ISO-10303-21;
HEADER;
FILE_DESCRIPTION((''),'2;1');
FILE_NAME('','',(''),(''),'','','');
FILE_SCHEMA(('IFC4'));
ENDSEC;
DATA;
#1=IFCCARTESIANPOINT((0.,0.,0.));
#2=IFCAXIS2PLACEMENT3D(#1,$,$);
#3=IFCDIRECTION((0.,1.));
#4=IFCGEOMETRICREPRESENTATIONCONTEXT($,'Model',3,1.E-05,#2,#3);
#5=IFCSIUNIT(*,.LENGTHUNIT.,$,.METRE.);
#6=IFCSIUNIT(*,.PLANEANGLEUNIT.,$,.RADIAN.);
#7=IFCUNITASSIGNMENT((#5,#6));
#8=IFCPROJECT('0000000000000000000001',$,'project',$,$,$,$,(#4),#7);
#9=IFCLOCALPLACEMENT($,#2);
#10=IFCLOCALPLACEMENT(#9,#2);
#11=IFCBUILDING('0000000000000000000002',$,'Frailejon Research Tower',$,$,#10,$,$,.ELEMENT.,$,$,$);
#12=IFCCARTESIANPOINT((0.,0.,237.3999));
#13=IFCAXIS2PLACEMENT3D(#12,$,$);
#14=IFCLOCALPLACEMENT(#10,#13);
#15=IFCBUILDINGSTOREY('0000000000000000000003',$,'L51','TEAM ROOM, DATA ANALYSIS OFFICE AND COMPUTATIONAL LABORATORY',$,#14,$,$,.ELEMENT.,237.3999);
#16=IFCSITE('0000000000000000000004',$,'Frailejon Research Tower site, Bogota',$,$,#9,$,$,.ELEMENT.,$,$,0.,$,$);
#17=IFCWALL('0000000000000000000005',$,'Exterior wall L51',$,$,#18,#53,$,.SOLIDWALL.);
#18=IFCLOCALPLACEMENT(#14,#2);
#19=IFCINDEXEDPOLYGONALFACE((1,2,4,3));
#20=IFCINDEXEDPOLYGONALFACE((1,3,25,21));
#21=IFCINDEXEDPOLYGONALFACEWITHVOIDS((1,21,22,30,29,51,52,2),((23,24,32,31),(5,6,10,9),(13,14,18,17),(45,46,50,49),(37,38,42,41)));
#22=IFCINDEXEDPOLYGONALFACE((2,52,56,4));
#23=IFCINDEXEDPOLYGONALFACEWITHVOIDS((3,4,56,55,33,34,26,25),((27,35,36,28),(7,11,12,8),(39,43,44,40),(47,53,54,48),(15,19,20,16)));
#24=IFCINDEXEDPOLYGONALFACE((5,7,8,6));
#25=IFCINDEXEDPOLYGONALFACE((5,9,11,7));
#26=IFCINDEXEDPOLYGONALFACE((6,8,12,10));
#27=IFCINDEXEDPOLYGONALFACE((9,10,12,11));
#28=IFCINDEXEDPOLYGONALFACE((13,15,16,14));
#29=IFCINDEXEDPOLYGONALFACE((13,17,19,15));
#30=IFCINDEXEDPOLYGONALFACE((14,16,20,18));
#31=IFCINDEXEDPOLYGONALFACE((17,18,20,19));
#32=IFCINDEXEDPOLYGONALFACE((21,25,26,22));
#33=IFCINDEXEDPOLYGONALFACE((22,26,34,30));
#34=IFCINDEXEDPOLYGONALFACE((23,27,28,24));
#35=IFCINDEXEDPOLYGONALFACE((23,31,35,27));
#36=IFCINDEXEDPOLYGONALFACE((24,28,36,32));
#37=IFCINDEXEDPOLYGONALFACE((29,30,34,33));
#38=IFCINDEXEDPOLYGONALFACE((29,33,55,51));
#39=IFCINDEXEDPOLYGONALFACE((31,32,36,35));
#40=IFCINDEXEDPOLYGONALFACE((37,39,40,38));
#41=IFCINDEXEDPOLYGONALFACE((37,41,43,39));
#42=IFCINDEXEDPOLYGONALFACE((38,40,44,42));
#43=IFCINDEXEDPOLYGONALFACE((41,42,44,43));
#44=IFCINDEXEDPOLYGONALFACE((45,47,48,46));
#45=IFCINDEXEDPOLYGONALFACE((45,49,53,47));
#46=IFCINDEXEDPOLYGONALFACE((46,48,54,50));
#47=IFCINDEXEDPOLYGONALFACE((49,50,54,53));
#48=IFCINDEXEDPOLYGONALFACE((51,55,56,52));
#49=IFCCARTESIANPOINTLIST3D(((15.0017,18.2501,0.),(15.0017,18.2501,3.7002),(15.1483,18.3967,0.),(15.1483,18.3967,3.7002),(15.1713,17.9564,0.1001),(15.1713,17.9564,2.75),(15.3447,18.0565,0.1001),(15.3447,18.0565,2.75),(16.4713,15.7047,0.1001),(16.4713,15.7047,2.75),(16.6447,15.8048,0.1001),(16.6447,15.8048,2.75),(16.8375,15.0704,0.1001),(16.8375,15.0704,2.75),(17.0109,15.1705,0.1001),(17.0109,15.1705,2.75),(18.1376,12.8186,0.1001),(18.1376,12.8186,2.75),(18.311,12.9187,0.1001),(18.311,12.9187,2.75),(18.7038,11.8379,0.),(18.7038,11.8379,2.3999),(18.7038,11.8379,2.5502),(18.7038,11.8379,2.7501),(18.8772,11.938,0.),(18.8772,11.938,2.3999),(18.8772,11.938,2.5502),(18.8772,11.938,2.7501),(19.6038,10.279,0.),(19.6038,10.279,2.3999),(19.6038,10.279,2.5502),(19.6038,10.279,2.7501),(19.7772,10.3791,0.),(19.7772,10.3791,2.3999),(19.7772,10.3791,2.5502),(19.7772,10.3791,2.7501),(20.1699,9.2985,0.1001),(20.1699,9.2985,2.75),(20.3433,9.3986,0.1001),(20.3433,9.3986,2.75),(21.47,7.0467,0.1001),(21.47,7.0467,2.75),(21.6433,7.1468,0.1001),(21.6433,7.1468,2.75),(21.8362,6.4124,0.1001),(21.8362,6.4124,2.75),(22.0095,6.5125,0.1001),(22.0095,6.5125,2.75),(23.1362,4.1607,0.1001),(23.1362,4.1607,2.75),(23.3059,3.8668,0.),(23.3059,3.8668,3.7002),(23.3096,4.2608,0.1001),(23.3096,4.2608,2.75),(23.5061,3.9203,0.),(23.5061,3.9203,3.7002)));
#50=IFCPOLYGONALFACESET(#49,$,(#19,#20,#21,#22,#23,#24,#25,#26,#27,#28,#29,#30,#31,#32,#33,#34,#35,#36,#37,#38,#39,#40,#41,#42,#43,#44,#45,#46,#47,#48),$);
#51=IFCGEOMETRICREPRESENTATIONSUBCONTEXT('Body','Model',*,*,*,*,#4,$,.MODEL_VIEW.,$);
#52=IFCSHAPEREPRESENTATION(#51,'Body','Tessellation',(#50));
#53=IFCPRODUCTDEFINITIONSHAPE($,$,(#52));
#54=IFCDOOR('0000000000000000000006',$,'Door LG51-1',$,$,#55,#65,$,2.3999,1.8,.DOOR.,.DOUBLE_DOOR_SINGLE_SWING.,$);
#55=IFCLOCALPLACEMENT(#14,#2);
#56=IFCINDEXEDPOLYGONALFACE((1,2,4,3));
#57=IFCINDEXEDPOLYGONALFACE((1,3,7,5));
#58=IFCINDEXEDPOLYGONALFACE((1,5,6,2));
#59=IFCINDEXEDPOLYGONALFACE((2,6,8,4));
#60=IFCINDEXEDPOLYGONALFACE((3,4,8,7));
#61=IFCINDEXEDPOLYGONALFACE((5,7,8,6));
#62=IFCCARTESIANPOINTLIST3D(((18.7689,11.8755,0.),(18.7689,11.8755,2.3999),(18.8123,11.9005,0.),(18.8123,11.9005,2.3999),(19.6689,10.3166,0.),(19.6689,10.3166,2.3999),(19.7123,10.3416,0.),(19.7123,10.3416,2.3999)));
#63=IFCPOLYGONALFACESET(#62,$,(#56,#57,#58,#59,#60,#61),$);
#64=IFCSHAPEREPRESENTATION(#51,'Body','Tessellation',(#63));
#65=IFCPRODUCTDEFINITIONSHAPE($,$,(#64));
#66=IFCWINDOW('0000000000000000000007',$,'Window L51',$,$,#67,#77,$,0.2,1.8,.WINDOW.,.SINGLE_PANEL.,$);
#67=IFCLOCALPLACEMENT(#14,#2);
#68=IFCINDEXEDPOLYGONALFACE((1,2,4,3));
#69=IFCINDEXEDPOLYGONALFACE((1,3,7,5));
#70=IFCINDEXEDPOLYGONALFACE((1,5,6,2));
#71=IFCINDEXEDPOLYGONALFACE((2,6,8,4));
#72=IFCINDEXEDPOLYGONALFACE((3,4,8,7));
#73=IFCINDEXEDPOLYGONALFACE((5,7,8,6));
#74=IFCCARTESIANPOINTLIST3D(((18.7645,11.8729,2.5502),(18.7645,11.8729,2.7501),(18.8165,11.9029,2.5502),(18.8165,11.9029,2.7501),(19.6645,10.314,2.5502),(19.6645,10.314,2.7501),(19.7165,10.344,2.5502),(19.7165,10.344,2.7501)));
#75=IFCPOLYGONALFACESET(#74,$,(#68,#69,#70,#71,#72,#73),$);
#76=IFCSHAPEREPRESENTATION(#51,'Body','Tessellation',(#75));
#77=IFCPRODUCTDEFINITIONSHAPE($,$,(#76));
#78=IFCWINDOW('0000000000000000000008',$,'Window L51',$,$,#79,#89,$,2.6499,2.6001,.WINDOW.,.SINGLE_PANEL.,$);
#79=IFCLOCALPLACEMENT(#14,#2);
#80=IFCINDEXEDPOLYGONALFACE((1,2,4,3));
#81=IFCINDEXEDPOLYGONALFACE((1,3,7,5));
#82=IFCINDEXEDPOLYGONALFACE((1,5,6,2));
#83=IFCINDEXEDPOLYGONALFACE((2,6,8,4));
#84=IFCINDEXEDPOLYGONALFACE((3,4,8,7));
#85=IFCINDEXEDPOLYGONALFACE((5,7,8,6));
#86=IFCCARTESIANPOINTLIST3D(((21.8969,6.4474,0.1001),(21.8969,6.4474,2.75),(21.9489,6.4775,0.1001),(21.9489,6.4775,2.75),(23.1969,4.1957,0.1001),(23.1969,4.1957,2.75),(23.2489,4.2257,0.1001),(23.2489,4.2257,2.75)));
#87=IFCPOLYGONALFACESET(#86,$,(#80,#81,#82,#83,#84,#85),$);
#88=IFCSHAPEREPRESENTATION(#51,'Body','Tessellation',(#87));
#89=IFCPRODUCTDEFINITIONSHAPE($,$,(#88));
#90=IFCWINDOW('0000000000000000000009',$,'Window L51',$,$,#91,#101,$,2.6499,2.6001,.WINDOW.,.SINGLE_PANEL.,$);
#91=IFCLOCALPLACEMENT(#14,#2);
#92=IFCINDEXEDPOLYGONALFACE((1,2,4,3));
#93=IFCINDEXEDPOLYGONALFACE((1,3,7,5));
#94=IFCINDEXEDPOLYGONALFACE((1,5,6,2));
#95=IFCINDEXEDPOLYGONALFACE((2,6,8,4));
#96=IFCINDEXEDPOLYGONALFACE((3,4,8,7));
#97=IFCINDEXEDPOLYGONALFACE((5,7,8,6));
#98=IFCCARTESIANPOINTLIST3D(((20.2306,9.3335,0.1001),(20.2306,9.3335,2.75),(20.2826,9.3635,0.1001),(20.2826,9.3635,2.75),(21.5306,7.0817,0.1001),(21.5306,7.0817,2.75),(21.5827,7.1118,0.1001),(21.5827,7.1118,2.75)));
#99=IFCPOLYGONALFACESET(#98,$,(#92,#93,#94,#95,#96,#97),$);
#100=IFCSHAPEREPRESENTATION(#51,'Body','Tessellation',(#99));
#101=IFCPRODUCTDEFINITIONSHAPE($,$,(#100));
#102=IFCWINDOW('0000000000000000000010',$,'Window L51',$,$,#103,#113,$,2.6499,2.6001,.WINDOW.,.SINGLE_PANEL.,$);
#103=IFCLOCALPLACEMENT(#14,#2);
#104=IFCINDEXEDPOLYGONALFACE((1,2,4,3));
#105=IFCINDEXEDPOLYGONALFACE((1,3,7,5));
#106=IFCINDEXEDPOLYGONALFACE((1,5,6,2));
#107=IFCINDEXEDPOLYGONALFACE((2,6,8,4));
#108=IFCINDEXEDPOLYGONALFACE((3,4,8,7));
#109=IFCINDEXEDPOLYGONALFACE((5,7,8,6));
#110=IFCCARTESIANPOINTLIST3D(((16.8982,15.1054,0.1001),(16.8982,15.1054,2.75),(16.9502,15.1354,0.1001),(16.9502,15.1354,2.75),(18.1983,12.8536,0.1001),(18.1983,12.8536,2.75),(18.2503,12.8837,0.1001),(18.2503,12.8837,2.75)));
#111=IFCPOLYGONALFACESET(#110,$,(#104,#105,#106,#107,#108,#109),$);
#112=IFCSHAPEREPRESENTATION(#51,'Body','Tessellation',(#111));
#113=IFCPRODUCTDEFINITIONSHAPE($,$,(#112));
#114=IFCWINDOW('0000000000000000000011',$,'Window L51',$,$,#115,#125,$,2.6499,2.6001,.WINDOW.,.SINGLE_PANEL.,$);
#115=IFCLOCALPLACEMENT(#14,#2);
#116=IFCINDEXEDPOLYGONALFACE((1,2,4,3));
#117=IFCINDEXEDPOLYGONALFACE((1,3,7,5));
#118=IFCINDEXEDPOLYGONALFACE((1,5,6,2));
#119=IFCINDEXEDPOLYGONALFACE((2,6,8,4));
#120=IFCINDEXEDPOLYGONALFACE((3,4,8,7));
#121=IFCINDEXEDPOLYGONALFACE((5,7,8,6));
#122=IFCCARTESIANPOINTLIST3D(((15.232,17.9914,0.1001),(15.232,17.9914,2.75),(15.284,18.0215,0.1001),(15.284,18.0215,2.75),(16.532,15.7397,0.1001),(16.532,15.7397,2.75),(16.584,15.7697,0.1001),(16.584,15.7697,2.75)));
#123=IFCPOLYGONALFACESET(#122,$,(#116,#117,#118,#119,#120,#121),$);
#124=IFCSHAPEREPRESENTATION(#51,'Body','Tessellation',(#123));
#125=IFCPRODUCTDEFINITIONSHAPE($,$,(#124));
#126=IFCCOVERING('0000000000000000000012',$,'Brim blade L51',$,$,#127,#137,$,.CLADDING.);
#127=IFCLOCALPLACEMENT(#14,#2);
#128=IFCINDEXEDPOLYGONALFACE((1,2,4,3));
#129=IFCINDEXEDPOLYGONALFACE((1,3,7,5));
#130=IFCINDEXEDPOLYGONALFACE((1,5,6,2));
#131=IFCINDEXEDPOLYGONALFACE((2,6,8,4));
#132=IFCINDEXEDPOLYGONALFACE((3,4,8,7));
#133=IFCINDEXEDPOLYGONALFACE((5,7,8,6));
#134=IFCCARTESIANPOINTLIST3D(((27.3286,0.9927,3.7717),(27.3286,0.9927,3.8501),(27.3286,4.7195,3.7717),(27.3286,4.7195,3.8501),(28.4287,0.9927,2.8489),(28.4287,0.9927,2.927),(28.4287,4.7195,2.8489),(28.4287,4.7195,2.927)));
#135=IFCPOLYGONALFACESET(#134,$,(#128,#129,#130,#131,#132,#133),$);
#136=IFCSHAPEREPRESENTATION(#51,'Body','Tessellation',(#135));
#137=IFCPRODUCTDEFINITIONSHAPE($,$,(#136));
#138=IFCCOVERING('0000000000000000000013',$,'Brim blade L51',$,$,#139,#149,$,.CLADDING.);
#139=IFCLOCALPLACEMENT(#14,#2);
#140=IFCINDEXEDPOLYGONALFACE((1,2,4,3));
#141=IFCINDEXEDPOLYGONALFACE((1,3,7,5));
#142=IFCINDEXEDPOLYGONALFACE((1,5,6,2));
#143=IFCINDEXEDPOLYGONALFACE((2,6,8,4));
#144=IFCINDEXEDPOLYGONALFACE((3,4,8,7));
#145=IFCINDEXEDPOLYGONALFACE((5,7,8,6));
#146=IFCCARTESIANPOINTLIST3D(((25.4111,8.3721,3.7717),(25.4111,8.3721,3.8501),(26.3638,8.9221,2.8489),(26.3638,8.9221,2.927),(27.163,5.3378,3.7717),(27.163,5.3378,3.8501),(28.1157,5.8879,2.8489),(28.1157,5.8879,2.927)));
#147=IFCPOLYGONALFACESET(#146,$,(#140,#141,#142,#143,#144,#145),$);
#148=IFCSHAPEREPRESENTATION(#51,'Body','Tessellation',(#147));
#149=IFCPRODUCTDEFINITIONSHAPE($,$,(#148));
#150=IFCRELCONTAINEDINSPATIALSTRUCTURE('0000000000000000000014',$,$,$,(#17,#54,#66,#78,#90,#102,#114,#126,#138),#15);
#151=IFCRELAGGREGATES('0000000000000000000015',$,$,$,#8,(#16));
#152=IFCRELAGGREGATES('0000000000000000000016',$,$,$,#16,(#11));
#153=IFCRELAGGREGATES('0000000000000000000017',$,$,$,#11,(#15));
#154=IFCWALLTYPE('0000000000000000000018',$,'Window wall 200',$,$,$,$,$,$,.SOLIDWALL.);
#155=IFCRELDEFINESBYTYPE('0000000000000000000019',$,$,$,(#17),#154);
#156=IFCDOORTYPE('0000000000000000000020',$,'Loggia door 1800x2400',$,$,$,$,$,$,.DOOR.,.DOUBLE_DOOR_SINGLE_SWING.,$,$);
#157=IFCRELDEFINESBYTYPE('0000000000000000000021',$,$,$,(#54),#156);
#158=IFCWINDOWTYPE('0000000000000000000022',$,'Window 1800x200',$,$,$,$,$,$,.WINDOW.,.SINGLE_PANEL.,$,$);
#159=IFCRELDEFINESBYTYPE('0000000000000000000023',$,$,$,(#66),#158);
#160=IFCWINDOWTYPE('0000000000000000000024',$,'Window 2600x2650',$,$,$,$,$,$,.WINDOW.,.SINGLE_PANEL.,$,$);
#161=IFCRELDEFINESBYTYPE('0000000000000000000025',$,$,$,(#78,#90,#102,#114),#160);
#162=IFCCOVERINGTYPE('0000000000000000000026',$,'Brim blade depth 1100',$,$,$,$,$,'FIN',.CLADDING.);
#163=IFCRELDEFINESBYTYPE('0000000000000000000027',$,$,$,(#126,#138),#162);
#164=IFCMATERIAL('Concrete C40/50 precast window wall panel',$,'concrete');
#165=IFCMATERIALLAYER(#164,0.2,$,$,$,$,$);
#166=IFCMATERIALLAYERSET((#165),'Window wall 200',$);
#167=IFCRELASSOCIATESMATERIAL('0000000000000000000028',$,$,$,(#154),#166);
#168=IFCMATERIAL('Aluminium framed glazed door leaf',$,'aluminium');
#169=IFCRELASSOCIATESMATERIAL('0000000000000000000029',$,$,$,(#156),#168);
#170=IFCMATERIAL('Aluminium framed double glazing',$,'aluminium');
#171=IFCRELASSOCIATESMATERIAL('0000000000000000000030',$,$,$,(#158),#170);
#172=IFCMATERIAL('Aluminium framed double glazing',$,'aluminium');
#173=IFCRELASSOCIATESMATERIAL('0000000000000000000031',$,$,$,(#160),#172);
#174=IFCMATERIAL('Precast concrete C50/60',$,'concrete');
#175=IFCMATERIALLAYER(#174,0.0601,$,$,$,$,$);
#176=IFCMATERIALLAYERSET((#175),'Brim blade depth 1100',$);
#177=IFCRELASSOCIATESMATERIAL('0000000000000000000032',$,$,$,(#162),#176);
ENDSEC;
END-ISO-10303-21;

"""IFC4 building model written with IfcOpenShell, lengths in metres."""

from ifc_helpers import new_model, si_unit, direction, frame, frame_2d, origin, place, context, subcontext, project, spatial, polyline, rectangle, outline, extrude, material, layer, layer_set, type_object, element, fill, save


model = new_model("IFC4")

# Units and contexts
model_context = context("Model", 3, precision=1e-05, world=origin(), true_north=direction((0.0, 1.0)))
body_context = subcontext(model_context, "Body", "Model", "MODEL_VIEW")
ifc_project = project(units=[si_unit("LENGTHUNIT", "METRE"), si_unit("PLANEANGLEUNIT", "RADIAN")], contexts=[model_context])

# Site, building, storey
site_placement = place(None, origin())
site = spatial("IfcSite", under=ifc_project, at=site_placement, Name="Frailejon Research Tower site, Bogota", CompositionType="ELEMENT", RefElevation=0.0)
building_placement = place(site_placement, origin())
building = spatial("IfcBuilding", under=site, at=building_placement, Name="Frailejon Research Tower", CompositionType="ELEMENT")
storey_placement = place(building_placement, frame((0.0, 0.0, 237.3999)))
storey = spatial("IfcBuildingStorey", under=building, at=storey_placement, Name="L51", Description="TEAM ROOM, DATA ANALYSIS OFFICE AND COMPUTATIONAL LABORATORY", CompositionType="ELEMENT", Elevation=237.3999)

# Wall, openings, door, windows
ifc_material_1 = material(Name="Concrete C40/50 precast window wall panel", Category="concrete")
ifc_layer_1 = layer(ifc_material_1, 0.2)
ifc_layer_set_1 = layer_set([ifc_layer_1], Name="Window wall 200")
wall_type_1 = type_object("IfcWallType", Name="Window wall 200", PredefinedType="SOLIDWALL", material=ifc_layer_set_1)
wall_1_placement = place(storey_placement, frame((23.406, 3.8936, 0.0), z_axis=(0.0, 0.0, 1.0), x_axis=(-0.499997, 0.866027, 0.0)))
wall_1 = element("IfcWall", 1, at=wall_1_placement, inside=storey, type_object=wall_type_1, Name="Exterior wall L51", PredefinedType="SOLIDWALL", context=body_context, shape_type="SweptSolid", body=[
    extrude(outline(polyline([(-0.0269, -0.1001), (1.0178, -0.1001), (2.0625, -0.1001), (3.1074, -0.1001), (4.1521, -0.1001), (5.1968, -0.1001), (6.2417, -0.1001), (7.2864, -0.1001), (8.3311, -0.1001), (9.3757, -0.1001), (10.4204, -0.1001), (11.4653, -0.1001), (12.51, -0.1001), (13.5547, -0.1001), (14.5996, -0.1001), (15.6443, -0.1001), (16.689, -0.1001), (16.6353, 0.1001), (15.5972, 0.1001), (14.5591, 0.1001), (13.5212, 0.1001), (12.4832, 0.1001), (11.4451, 0.1001), (10.4072, 0.1001), (9.3691, 0.1001), (8.3311, 0.1001), (7.293, 0.1001), (6.2549, 0.1001), (5.217, 0.1001), (4.179, 0.1001), (3.1409, 0.1001), (2.103, 0.1001), (1.0649, 0.1001), (0.0269, 0.1001), (-0.0269, -0.1001)])), origin(), (0.0, 0.0, 1.0), 3.7002),
])
opening_1_placement = place(wall_1_placement, frame((0.3662, 0.0, 0.1001)))
opening_1 = element("IfcOpeningElement", 2, at=opening_1_placement, cuts=wall_1, PredefinedType="OPENING", context=body_context, shape_type="SweptSolid", body=[
    extrude(rectangle(XDim=2.6001, YDim=2.6499, at=frame_2d((1.3, 1.325))), frame((0.0, 0.1099, 0.0), z_axis=(0.0, -1.0, 0.0), x_axis=(1.0, 0.0, 0.0)), (0.0, 0.0, 1.0), 0.22),
])
opening_2_placement = place(wall_1_placement, frame((3.6987, 0.0, 0.1001)))
opening_2 = element("IfcOpeningElement", 3, at=opening_2_placement, cuts=wall_1, PredefinedType="OPENING", context=body_context, shape_type="SweptSolid", body=[
    extrude(rectangle(XDim=2.6001, YDim=2.6499, at=frame_2d((1.3, 1.325))), frame((0.0, 0.1099, 0.0), z_axis=(0.0, -1.0, 0.0), x_axis=(1.0, 0.0, 0.0)), (0.0, 0.0, 1.0), 0.22),
])
opening_3_placement = place(wall_1_placement, frame((7.4312, 0.0, 0.0)))
opening_3 = element("IfcOpeningElement", 4, at=opening_3_placement, cuts=wall_1, PredefinedType="OPENING", context=body_context, shape_type="SweptSolid", body=[
    extrude(rectangle(XDim=1.8, YDim=2.3999, at=frame_2d((0.8999, 1.2))), frame((0.0, 0.1099, 0.0), z_axis=(0.0, -1.0, 0.0), x_axis=(1.0, 0.0, 0.0)), (0.0, 0.0, 1.0), 0.22),
])
opening_4_placement = place(wall_1_placement, frame((7.4312, 0.0, 2.55)))
opening_4 = element("IfcOpeningElement", 5, at=opening_4_placement, cuts=wall_1, PredefinedType="OPENING", context=body_context, shape_type="SweptSolid", body=[
    extrude(rectangle(XDim=1.8, YDim=0.2, at=frame_2d((0.8999, 0.1001))), frame((0.0, 0.1099, 0.0), z_axis=(0.0, -1.0, 0.0), x_axis=(1.0, 0.0, 0.0)), (0.0, 0.0, 1.0), 0.22),
])
opening_5_placement = place(wall_1_placement, frame((10.3635, 0.0, 0.1001)))
opening_5 = element("IfcOpeningElement", 6, at=opening_5_placement, cuts=wall_1, PredefinedType="OPENING", context=body_context, shape_type="SweptSolid", body=[
    extrude(rectangle(XDim=2.6001, YDim=2.6499, at=frame_2d((1.3, 1.325))), frame((0.0, 0.1099, 0.0), z_axis=(0.0, -1.0, 0.0), x_axis=(1.0, 0.0, 0.0)), (0.0, 0.0, 1.0), 0.22),
])
opening_6_placement = place(wall_1_placement, frame((13.696, 0.0, 0.1001)))
opening_6 = element("IfcOpeningElement", 7, at=opening_6_placement, cuts=wall_1, PredefinedType="OPENING", context=body_context, shape_type="SweptSolid", body=[
    extrude(rectangle(XDim=2.6001, YDim=2.6499, at=frame_2d((1.3, 1.325))), frame((0.0, 0.1099, 0.0), z_axis=(0.0, -1.0, 0.0), x_axis=(1.0, 0.0, 0.0)), (0.0, 0.0, 1.0), 0.22),
])
ifc_material_2 = material(Name="Aluminium framed glazed door leaf", Category="aluminium")
door_type = type_object("IfcDoorType", Name="Loggia door 1800x2400", OperationType="DOUBLE_DOOR_SINGLE_SWING", PredefinedType="DOOR", material=ifc_material_2)
door_placement = place(opening_3_placement, origin())
door = element("IfcDoor", 8, at=door_placement, inside=storey, type_object=door_type, Name="Door LG51-1", OperationType="DOUBLE_DOOR_SINGLE_SWING", OverallHeight=2.3999, OverallWidth=1.8, PredefinedType="DOOR", context=body_context, shape_type="SweptSolid", body=[
    extrude(rectangle(XDim=1.8, YDim=2.3999, at=frame_2d((0.8999, 1.2))), frame((0.0, 0.0249, 0.0), z_axis=(0.0, -1.0, 0.0), x_axis=(1.0, 0.0, 0.0)), (0.0, 0.0, 1.0), 0.05),
])
fill(opening_3, door)
ifc_material_3 = material(Name="Aluminium framed double glazing", Category="aluminium")
window_type_1 = type_object("IfcWindowType", Name="Window 1800x200", PartitioningType="SINGLE_PANEL", PredefinedType="WINDOW", material=ifc_material_3)
window_1_placement = place(opening_4_placement, origin())
window_1 = element("IfcWindow", 9, at=window_1_placement, inside=storey, type_object=window_type_1, Name="Window L51", OverallHeight=0.2, OverallWidth=1.8, PartitioningType="SINGLE_PANEL", PredefinedType="WINDOW", context=body_context, shape_type="SweptSolid", body=[
    extrude(rectangle(XDim=1.8, YDim=0.2, at=frame_2d((0.8999, 0.1001))), frame((0.0, 0.03, 0.0), z_axis=(0.0, -1.0, 0.0), x_axis=(1.0, 0.0, 0.0)), (0.0, 0.0, 1.0), 0.0601),
])
fill(opening_4, window_1)
ifc_material_4 = material(Name="Aluminium framed double glazing", Category="aluminium")
window_type_2 = type_object("IfcWindowType", Name="Window 2600x2650", PartitioningType="SINGLE_PANEL", PredefinedType="WINDOW", material=ifc_material_4)
window_2_placement = place(opening_1_placement, origin())
window_2 = element("IfcWindow", 10, at=window_2_placement, inside=storey, type_object=window_type_2, Name="Window L51", OverallHeight=2.6499, OverallWidth=2.6001, PartitioningType="SINGLE_PANEL", PredefinedType="WINDOW", context=body_context, shape_type="SweptSolid", body=[
    extrude(rectangle(XDim=2.6001, YDim=2.6499, at=frame_2d((1.3, 1.325))), frame((0.0, 0.03, 0.0), z_axis=(0.0, -1.0, 0.0), x_axis=(1.0, 0.0, 0.0)), (0.0, 0.0, 1.0), 0.0601),
])
fill(opening_1, window_2)
window_3_placement = place(opening_2_placement, origin())
window_3 = element("IfcWindow", 11, at=window_3_placement, inside=storey, type_object=window_type_2, Name="Window L51", OverallHeight=2.6499, OverallWidth=2.6001, PartitioningType="SINGLE_PANEL", PredefinedType="WINDOW", context=body_context, shape_type="SweptSolid", body=[
    extrude(rectangle(XDim=2.6001, YDim=2.6499, at=frame_2d((1.3, 1.325))), frame((0.0, 0.03, 0.0), z_axis=(0.0, -1.0, 0.0), x_axis=(1.0, 0.0, 0.0)), (0.0, 0.0, 1.0), 0.0601),
])
fill(opening_2, window_3)
window_4_placement = place(opening_5_placement, origin())
window_4 = element("IfcWindow", 12, at=window_4_placement, inside=storey, type_object=window_type_2, Name="Window L51", OverallHeight=2.6499, OverallWidth=2.6001, PartitioningType="SINGLE_PANEL", PredefinedType="WINDOW", context=body_context, shape_type="SweptSolid", body=[
    extrude(rectangle(XDim=2.6001, YDim=2.6499, at=frame_2d((1.3, 1.325))), frame((0.0, 0.03, 0.0), z_axis=(0.0, -1.0, 0.0), x_axis=(1.0, 0.0, 0.0)), (0.0, 0.0, 1.0), 0.0601),
])
fill(opening_5, window_4)
window_5_placement = place(opening_6_placement, origin())
window_5 = element("IfcWindow", 13, at=window_5_placement, inside=storey, type_object=window_type_2, Name="Window L51", OverallHeight=2.6499, OverallWidth=2.6001, PartitioningType="SINGLE_PANEL", PredefinedType="WINDOW", context=body_context, shape_type="SweptSolid", body=[
    extrude(rectangle(XDim=2.6001, YDim=2.6499, at=frame_2d((1.3, 1.325))), frame((0.0, 0.03, 0.0), z_axis=(0.0, -1.0, 0.0), x_axis=(1.0, 0.0, 0.0)), (0.0, 0.0, 1.0), 0.0601),
])
fill(opening_6, window_5)

# Coverings
ifc_material_5 = material(Name="Precast concrete C50/60", Category="concrete")
ifc_layer_2 = layer(ifc_material_5, 0.0601)
ifc_layer_set_2 = layer_set([ifc_layer_2], Name="Brim blade depth 1100")
covering_type_1 = type_object("IfcCoveringType", Name="Brim blade depth 1100", ElementType="FIN", PredefinedType="CLADDING", material=ifc_layer_set_2)
covering_1_placement = place(storey_placement, frame((27.3286, 4.7195, 3.8501), z_axis=(0.0, -1.0, 0.0), x_axis=(1.0, 0.0, 0.0)))
element("IfcCovering", 14, at=covering_1_placement, inside=storey, type_object=covering_type_1, Name="Brim blade L51", PredefinedType="CLADDING", context=body_context, shape_type="SweptSolid", body=[
    extrude(outline(polyline([(0.0, -0.0784), (1.1001, -1.0012), (1.1001, -0.9231), (0.0, 0.0), (0.0, -0.0784)])), origin(), (0.0, 0.0, 1.0), 3.7268),
])
covering_2_placement = place(storey_placement, frame((25.4111, 8.3721, 3.8501), z_axis=(0.500001, -0.866025, 0.0), x_axis=(0.866025, 0.500001, 0.0)))
element("IfcCovering", 15, at=covering_2_placement, inside=storey, type_object=covering_type_1, Name="Brim blade L51", PredefinedType="CLADDING", context=body_context, shape_type="SweptSolid", body=[
    extrude(outline(polyline([(0.0, -0.0784), (1.1001, -1.0012), (1.1001, -0.9231), (0.0, 0.0), (0.0, -0.0784)])), origin(), (0.0, 0.0, 1.0), 3.5037),
])

save(model, "model.ifc")
